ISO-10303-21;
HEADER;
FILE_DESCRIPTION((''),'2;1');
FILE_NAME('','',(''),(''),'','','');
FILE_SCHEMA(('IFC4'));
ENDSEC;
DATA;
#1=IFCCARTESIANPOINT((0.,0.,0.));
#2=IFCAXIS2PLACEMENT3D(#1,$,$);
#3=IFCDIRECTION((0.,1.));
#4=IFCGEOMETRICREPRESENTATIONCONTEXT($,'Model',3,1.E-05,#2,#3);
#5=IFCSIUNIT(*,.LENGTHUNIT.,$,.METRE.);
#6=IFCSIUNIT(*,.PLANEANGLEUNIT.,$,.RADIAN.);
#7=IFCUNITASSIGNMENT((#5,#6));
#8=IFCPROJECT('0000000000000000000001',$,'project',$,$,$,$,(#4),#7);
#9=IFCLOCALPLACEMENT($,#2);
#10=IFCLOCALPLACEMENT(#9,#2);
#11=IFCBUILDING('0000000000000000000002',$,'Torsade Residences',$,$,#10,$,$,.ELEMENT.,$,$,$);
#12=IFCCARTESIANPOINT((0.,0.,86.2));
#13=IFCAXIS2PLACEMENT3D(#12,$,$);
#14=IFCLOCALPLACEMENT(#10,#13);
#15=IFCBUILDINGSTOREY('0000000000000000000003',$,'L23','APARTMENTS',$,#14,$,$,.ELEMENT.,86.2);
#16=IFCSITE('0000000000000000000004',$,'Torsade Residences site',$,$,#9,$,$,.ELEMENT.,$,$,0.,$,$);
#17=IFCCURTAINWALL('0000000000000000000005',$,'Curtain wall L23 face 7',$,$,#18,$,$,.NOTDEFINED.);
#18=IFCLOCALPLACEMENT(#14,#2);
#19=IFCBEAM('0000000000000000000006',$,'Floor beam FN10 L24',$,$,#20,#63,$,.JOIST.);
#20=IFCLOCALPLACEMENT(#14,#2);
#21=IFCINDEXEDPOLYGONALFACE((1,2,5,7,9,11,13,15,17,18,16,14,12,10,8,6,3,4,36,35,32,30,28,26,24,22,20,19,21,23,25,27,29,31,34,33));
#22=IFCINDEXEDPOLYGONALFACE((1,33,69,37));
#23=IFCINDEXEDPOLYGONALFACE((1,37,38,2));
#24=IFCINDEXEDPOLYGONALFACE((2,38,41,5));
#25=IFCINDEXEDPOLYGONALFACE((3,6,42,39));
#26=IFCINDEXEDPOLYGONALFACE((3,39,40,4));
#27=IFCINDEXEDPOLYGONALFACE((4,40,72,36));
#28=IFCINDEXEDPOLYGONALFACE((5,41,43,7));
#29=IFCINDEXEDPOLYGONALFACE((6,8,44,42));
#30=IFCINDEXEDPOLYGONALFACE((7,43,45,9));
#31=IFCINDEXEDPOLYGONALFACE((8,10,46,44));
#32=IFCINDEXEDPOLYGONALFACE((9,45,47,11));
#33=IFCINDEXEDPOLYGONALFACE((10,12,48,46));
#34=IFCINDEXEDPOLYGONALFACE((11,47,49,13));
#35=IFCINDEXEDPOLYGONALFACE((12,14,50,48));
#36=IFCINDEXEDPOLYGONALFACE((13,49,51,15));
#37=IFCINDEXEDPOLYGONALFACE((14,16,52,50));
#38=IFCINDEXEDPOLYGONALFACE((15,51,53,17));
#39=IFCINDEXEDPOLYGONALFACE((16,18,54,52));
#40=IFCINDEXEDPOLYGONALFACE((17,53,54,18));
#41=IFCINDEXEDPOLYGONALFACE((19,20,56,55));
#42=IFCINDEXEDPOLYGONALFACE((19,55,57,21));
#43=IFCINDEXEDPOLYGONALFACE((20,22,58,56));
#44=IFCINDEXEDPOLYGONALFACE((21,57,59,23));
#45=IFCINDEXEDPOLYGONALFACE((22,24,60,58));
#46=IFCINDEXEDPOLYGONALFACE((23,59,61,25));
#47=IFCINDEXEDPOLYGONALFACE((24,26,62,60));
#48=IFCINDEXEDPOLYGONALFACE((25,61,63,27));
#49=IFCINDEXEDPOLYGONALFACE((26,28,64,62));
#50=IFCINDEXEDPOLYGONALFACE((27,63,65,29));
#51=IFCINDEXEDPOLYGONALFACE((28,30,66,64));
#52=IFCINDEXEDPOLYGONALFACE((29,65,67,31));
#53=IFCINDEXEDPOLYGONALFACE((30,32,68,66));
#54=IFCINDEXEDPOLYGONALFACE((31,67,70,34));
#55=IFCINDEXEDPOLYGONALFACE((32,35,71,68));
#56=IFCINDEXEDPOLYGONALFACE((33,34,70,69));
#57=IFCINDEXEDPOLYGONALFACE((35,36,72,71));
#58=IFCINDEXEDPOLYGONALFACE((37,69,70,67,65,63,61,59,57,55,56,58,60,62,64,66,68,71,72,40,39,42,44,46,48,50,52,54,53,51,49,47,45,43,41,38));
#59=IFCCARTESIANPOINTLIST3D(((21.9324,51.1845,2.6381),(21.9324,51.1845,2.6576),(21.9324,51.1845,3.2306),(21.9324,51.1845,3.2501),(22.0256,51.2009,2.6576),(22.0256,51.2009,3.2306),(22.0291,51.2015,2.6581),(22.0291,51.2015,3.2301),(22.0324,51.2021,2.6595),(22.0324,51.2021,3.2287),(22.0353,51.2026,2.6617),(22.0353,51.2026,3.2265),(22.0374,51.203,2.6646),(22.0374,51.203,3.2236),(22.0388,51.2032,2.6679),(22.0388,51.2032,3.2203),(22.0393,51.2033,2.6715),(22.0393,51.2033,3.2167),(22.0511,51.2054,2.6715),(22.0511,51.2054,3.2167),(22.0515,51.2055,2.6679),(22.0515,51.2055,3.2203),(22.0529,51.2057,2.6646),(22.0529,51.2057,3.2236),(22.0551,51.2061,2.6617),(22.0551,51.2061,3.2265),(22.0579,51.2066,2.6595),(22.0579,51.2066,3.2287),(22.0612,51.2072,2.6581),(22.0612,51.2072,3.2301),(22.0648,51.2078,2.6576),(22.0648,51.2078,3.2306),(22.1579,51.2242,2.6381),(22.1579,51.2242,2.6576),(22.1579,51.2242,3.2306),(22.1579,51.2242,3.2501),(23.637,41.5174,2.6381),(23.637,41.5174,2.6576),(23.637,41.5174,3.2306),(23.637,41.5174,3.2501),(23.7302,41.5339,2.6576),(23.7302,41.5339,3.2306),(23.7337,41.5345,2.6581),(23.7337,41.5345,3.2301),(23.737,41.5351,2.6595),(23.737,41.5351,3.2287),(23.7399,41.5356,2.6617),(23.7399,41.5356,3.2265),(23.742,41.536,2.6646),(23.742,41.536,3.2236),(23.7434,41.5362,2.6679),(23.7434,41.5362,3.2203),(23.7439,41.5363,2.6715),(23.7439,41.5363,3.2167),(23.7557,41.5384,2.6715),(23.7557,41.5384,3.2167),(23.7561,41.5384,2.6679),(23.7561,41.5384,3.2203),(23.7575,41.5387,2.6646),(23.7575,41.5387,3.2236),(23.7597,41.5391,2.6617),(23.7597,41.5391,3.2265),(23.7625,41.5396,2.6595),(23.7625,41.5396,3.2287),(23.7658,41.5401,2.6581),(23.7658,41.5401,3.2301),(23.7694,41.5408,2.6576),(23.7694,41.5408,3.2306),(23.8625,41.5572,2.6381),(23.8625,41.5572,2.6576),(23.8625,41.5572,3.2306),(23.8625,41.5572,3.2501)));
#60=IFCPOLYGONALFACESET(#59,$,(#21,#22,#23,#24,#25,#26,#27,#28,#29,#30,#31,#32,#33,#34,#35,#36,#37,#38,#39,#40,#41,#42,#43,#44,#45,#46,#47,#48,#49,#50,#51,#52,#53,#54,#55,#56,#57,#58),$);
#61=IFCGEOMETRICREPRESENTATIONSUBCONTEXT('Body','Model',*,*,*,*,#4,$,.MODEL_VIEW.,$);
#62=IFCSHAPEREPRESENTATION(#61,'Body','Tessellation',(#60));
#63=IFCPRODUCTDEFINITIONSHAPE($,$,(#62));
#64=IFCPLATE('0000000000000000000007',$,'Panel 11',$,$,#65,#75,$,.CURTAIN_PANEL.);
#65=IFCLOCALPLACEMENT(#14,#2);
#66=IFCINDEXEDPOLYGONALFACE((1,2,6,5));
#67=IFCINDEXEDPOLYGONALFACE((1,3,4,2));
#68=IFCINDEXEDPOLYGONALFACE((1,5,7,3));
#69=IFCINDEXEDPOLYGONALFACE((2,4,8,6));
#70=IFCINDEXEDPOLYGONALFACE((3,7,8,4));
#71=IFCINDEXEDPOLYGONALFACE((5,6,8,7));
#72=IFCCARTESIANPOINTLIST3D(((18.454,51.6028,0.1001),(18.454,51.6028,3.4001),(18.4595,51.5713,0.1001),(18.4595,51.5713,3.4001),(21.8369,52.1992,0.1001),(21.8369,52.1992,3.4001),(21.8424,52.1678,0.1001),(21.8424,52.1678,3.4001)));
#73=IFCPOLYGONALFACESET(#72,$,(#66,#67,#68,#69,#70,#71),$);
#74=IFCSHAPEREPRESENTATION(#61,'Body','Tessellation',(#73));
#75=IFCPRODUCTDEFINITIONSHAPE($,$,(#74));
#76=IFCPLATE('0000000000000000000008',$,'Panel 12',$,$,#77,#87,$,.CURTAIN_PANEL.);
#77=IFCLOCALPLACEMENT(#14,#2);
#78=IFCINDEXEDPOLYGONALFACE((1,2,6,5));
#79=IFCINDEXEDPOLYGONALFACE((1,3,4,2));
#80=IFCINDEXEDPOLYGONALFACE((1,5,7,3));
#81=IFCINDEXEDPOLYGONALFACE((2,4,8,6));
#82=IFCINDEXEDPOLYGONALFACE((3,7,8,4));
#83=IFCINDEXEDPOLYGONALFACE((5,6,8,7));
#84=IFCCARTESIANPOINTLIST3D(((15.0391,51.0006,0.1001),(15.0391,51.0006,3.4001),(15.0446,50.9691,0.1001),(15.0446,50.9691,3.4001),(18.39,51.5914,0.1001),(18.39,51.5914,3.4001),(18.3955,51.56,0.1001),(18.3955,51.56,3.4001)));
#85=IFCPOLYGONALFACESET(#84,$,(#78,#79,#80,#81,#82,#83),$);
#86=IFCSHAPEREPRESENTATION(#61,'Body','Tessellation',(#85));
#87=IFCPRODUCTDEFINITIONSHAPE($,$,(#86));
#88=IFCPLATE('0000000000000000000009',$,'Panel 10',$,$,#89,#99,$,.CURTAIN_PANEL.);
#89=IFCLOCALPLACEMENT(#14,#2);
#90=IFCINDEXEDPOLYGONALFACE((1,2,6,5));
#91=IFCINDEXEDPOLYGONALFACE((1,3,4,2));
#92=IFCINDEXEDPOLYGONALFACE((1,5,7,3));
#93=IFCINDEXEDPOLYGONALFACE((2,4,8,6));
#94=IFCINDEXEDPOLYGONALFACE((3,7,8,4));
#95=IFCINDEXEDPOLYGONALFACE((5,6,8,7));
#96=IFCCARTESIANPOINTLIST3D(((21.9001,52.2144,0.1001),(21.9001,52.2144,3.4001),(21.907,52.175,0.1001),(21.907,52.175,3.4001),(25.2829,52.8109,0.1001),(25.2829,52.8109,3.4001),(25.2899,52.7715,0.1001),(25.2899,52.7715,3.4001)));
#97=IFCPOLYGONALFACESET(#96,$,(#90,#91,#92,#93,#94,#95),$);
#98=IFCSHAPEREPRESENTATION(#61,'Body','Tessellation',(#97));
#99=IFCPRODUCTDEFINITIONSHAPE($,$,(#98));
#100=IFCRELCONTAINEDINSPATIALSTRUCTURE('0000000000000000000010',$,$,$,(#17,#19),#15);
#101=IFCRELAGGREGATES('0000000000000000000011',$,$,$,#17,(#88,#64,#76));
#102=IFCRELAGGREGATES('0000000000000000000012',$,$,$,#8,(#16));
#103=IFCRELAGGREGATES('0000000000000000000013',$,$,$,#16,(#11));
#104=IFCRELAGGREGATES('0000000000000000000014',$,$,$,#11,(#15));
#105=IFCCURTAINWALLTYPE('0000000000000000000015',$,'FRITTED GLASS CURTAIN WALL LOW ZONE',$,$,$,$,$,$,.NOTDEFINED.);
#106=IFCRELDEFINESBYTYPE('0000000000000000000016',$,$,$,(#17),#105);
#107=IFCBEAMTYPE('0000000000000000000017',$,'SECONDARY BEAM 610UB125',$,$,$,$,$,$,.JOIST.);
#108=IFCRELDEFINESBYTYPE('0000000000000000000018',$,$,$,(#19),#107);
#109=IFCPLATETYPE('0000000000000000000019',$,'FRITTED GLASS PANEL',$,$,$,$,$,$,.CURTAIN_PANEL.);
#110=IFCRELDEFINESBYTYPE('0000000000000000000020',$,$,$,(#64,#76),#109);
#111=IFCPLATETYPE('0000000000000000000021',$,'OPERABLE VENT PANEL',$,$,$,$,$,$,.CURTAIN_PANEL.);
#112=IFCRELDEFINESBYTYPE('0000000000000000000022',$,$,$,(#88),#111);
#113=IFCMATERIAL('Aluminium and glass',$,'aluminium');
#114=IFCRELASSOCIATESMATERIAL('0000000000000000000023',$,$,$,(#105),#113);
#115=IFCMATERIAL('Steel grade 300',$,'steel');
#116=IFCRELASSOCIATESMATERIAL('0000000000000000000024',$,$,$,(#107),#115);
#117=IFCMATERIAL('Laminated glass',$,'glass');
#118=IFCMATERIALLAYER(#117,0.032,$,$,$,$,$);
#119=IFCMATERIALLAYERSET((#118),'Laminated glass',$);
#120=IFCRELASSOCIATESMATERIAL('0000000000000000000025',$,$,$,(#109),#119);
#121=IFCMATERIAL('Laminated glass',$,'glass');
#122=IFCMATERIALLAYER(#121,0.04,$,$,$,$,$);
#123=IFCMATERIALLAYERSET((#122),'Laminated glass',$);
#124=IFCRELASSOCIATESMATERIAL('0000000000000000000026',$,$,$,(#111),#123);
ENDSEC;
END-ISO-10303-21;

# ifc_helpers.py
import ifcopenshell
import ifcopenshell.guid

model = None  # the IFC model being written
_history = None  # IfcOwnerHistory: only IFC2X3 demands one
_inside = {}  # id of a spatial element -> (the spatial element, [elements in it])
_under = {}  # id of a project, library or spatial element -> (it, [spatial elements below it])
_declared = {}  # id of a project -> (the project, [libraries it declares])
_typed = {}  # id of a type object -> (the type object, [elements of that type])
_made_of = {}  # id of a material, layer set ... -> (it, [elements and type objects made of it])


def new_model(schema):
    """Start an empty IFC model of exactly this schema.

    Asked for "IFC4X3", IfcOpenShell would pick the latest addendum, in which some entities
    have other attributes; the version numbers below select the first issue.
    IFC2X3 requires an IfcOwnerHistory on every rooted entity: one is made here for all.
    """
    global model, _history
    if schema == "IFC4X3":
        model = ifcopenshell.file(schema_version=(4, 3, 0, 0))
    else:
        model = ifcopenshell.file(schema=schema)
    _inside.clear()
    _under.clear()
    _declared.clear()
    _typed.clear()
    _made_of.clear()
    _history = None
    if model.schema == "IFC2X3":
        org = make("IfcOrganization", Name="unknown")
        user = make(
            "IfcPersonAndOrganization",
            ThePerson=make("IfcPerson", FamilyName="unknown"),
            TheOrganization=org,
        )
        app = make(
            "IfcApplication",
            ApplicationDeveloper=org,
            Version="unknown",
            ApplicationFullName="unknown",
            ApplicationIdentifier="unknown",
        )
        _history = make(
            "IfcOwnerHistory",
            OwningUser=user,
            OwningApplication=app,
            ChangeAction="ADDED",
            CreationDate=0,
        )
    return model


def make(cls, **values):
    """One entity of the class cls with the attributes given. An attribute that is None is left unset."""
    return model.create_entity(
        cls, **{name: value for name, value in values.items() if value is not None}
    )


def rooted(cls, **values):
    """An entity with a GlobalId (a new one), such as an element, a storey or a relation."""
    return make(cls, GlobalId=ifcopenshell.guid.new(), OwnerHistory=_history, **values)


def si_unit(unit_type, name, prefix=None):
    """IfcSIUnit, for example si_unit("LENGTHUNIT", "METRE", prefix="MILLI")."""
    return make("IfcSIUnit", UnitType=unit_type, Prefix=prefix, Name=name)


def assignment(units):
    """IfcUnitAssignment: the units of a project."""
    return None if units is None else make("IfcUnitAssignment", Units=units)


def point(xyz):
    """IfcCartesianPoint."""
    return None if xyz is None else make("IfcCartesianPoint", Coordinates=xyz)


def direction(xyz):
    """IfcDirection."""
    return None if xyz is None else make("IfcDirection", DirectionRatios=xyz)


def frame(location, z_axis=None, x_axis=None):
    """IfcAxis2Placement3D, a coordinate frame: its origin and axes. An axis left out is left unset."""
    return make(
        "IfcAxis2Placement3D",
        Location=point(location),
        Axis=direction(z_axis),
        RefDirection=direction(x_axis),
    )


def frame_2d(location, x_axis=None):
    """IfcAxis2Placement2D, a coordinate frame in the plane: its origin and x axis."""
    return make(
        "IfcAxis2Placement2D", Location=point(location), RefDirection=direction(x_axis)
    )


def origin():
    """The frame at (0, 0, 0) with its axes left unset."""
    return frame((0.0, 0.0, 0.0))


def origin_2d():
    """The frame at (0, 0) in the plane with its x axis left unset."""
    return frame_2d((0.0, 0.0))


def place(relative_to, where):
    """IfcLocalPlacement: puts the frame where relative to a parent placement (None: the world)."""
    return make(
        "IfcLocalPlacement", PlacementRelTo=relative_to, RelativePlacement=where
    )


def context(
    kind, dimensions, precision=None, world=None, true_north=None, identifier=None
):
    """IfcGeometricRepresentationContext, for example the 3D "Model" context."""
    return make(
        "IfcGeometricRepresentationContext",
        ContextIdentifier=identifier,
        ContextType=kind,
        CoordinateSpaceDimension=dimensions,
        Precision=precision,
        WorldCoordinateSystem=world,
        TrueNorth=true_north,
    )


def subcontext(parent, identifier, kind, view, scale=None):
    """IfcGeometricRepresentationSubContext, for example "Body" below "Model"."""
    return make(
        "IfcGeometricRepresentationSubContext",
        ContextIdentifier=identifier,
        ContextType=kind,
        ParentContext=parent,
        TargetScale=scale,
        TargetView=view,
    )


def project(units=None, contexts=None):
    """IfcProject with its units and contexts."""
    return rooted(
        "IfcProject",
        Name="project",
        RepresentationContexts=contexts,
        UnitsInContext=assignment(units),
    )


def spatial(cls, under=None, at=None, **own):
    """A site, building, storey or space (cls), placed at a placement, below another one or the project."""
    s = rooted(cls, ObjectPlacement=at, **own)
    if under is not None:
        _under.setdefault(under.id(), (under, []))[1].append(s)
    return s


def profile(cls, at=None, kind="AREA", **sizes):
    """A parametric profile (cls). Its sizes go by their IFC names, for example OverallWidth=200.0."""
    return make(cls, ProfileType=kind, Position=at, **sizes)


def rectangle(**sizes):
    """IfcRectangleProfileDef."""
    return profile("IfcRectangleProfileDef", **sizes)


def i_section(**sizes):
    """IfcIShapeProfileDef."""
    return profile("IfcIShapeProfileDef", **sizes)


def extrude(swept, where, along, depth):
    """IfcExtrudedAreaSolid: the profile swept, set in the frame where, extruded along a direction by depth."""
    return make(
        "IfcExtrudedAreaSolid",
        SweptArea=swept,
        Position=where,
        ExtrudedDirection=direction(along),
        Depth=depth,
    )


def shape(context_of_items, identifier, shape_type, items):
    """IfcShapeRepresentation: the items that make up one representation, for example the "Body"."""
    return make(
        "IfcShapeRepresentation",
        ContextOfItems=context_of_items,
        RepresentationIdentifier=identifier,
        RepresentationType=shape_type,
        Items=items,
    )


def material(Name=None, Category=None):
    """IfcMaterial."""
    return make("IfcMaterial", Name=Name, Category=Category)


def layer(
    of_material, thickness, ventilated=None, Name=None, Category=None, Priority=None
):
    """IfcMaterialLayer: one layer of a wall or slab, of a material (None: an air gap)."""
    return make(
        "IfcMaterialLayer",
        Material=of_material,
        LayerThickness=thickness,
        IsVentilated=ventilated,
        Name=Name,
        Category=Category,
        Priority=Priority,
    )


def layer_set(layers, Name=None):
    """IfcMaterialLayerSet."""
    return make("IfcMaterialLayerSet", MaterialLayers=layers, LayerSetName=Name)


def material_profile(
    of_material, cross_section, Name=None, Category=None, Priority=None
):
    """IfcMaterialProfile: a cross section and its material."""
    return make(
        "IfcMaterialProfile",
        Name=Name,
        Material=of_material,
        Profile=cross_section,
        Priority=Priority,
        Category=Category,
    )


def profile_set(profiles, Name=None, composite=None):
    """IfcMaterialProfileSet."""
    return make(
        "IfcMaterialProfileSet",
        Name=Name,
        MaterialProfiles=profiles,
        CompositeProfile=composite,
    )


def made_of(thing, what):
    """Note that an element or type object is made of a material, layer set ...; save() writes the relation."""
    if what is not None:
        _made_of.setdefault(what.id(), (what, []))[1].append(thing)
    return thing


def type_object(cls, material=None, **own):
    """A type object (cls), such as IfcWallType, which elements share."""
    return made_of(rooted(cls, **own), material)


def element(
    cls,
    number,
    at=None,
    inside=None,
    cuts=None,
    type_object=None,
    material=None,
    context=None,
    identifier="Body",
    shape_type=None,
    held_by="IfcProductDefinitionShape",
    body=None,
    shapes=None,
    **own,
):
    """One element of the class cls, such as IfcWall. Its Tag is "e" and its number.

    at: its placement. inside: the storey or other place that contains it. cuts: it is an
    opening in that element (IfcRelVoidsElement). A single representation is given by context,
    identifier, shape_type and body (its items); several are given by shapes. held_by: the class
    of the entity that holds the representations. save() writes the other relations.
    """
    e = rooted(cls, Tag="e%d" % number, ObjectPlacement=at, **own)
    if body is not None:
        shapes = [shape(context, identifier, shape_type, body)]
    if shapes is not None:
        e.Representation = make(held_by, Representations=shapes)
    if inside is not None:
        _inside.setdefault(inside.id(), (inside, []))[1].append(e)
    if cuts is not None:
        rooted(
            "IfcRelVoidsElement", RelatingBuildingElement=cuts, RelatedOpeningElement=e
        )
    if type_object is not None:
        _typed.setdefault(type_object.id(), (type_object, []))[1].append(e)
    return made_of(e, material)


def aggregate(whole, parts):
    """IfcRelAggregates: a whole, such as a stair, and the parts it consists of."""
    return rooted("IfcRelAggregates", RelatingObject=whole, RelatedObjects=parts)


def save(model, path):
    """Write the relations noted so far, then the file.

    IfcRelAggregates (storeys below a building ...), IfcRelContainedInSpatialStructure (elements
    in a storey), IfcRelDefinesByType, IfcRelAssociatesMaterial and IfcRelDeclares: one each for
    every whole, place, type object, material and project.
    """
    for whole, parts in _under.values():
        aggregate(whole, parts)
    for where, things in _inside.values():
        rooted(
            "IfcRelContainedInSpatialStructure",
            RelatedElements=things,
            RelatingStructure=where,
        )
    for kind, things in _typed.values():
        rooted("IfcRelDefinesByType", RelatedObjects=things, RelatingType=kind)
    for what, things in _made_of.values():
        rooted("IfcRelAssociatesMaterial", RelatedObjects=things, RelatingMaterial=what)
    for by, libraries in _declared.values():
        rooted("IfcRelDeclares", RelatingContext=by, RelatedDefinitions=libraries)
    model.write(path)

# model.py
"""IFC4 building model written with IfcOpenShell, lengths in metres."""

from ifc_helpers import new_model, si_unit, direction, frame, origin, origin_2d, place, context, subcontext, project, spatial, rectangle, i_section, extrude, material, layer, layer_set, material_profile, profile_set, type_object, element, aggregate, save


model = new_model("IFC4")

# Units and contexts
model_context = context("Model", 3, precision=1e-05, world=origin(), true_north=direction((0.0, 1.0)))
body_context = subcontext(model_context, "Body", "Model", "MODEL_VIEW")
ifc_project = project(units=[si_unit("LENGTHUNIT", "METRE"), si_unit("PLANEANGLEUNIT", "RADIAN")], contexts=[model_context])

# Site, building, storey
site_placement = place(None, origin())
site = spatial("IfcSite", under=ifc_project, at=site_placement, Name="Torsade Residences site", CompositionType="ELEMENT", RefElevation=0.0)
building_placement = place(site_placement, origin())
building = spatial("IfcBuilding", under=site, at=building_placement, Name="Torsade Residences", CompositionType="ELEMENT")
storey_placement = place(building_placement, frame((0.0, 0.0, 86.2)))
storey = spatial("IfcBuildingStorey", under=building, at=storey_placement, Name="L23", Description="APARTMENTS", CompositionType="ELEMENT", Elevation=86.2)

# Curtain wall
ifc_material_1 = material(Name="Aluminium and glass", Category="aluminium")
curtain_wall_type = type_object("IfcCurtainWallType", Name="FRITTED GLASS CURTAIN WALL LOW ZONE", PredefinedType="NOTDEFINED", material=ifc_material_1)
curtain_wall_placement = place(storey_placement, origin())
curtain_wall = element("IfcCurtainWall", 1, at=curtain_wall_placement, inside=storey, type_object=curtain_wall_type, Name="Curtain wall L23 face 7", PredefinedType="NOTDEFINED")

# Beam
ifc_material_2 = material(Name="Steel grade 300", Category="steel")
ifc_material_profile_1 = material_profile(ifc_material_2, i_section(OverallWidth=0.229, OverallDepth=0.6121, WebThickness=0.012, FlangeThickness=0.0195, FilletRadius=0.0139, at=origin_2d()), Name="610UB125")
ifc_profile_set_1 = profile_set([ifc_material_profile_1], Name="Steel grade 300")
beam_type_1 = type_object("IfcBeamType", Name="SECONDARY BEAM 610UB125", PredefinedType="JOIST", material=ifc_profile_set_1)
beam_1_placement = place(storey_placement, frame((22.0452, 51.2043, 2.9441), z_axis=(0.173652, -0.984807, 0.0), x_axis=(0.984807, 0.173652, 0.0)))
element("IfcBeam", 2, at=beam_1_placement, inside=storey, type_object=beam_type_1, Name="Floor beam FN10 L24", PredefinedType="JOIST", context=body_context, shape_type="SweptSolid", body=[
    extrude(i_section(OverallWidth=0.229, OverallDepth=0.6121, WebThickness=0.012, FlangeThickness=0.0195, FilletRadius=0.0139, at=origin_2d()), origin(), (0.0, 0.0, 1.0), 9.8162),
])

# Plates
ifc_material_3 = material(Name="Laminated glass", Category="glass")
ifc_layer_1 = layer(ifc_material_3, 0.032)
ifc_layer_set_1 = layer_set([ifc_layer_1], Name="Laminated glass")
plate_type_1 = type_object("IfcPlateType", Name="FRITTED GLASS PANEL", PredefinedType="CURTAIN_PANEL", material=ifc_layer_set_1)
plate_1_placement = place(storey_placement, frame((20.1482, 51.8853, 0.1001), z_axis=(0.0, 0.0, 1.0), x_axis=(-0.984808, -0.173648, 0.0)))
plate_1 = element("IfcPlate", 3, at=plate_1_placement, type_object=plate_type_1, Name="Panel 11", PredefinedType="CURTAIN_PANEL", context=body_context, shape_type="SweptSolid", body=[
    extrude(rectangle(XDim=3.4351, YDim=0.032, at=origin_2d()), origin(), (0.0, 0.0, 1.0), 3.3),
])
plate_2_placement = place(storey_placement, frame((16.7173, 51.2803, 0.1001), z_axis=(0.0, 0.0, 1.0), x_axis=(-0.984808, -0.173648, 0.0)))
plate_2 = element("IfcPlate", 4, at=plate_2_placement, type_object=plate_type_1, Name="Panel 12", PredefinedType="CURTAIN_PANEL", context=body_context, shape_type="SweptSolid", body=[
    extrude(rectangle(XDim=3.4026, YDim=0.032, at=origin_2d()), origin(), (0.0, 0.0, 1.0), 3.3),
])
ifc_material_4 = material(Name="Laminated glass", Category="glass")
ifc_layer_2 = layer(ifc_material_4, 0.04)
ifc_layer_set_2 = layer_set([ifc_layer_2], Name="Laminated glass")
plate_type_2 = type_object("IfcPlateType", Name="OPERABLE VENT PANEL", PredefinedType="CURTAIN_PANEL", material=ifc_layer_set_2)
plate_3_placement = place(storey_placement, frame((23.595, 52.4929, 0.1001), z_axis=(0.0, 0.0, 1.0), x_axis=(-0.984808, -0.173648, 0.0)))
plate_3 = element("IfcPlate", 5, at=plate_3_placement, type_object=plate_type_2, Name="Panel 10", PredefinedType="CURTAIN_PANEL", context=body_context, shape_type="SweptSolid", body=[
    extrude(rectangle(XDim=3.4351, YDim=0.04, at=origin_2d()), origin(), (0.0, 0.0, 1.0), 3.3),
])
aggregate(curtain_wall, [plate_3, plate_1, plate_2])

save(model, "model.ifc")
